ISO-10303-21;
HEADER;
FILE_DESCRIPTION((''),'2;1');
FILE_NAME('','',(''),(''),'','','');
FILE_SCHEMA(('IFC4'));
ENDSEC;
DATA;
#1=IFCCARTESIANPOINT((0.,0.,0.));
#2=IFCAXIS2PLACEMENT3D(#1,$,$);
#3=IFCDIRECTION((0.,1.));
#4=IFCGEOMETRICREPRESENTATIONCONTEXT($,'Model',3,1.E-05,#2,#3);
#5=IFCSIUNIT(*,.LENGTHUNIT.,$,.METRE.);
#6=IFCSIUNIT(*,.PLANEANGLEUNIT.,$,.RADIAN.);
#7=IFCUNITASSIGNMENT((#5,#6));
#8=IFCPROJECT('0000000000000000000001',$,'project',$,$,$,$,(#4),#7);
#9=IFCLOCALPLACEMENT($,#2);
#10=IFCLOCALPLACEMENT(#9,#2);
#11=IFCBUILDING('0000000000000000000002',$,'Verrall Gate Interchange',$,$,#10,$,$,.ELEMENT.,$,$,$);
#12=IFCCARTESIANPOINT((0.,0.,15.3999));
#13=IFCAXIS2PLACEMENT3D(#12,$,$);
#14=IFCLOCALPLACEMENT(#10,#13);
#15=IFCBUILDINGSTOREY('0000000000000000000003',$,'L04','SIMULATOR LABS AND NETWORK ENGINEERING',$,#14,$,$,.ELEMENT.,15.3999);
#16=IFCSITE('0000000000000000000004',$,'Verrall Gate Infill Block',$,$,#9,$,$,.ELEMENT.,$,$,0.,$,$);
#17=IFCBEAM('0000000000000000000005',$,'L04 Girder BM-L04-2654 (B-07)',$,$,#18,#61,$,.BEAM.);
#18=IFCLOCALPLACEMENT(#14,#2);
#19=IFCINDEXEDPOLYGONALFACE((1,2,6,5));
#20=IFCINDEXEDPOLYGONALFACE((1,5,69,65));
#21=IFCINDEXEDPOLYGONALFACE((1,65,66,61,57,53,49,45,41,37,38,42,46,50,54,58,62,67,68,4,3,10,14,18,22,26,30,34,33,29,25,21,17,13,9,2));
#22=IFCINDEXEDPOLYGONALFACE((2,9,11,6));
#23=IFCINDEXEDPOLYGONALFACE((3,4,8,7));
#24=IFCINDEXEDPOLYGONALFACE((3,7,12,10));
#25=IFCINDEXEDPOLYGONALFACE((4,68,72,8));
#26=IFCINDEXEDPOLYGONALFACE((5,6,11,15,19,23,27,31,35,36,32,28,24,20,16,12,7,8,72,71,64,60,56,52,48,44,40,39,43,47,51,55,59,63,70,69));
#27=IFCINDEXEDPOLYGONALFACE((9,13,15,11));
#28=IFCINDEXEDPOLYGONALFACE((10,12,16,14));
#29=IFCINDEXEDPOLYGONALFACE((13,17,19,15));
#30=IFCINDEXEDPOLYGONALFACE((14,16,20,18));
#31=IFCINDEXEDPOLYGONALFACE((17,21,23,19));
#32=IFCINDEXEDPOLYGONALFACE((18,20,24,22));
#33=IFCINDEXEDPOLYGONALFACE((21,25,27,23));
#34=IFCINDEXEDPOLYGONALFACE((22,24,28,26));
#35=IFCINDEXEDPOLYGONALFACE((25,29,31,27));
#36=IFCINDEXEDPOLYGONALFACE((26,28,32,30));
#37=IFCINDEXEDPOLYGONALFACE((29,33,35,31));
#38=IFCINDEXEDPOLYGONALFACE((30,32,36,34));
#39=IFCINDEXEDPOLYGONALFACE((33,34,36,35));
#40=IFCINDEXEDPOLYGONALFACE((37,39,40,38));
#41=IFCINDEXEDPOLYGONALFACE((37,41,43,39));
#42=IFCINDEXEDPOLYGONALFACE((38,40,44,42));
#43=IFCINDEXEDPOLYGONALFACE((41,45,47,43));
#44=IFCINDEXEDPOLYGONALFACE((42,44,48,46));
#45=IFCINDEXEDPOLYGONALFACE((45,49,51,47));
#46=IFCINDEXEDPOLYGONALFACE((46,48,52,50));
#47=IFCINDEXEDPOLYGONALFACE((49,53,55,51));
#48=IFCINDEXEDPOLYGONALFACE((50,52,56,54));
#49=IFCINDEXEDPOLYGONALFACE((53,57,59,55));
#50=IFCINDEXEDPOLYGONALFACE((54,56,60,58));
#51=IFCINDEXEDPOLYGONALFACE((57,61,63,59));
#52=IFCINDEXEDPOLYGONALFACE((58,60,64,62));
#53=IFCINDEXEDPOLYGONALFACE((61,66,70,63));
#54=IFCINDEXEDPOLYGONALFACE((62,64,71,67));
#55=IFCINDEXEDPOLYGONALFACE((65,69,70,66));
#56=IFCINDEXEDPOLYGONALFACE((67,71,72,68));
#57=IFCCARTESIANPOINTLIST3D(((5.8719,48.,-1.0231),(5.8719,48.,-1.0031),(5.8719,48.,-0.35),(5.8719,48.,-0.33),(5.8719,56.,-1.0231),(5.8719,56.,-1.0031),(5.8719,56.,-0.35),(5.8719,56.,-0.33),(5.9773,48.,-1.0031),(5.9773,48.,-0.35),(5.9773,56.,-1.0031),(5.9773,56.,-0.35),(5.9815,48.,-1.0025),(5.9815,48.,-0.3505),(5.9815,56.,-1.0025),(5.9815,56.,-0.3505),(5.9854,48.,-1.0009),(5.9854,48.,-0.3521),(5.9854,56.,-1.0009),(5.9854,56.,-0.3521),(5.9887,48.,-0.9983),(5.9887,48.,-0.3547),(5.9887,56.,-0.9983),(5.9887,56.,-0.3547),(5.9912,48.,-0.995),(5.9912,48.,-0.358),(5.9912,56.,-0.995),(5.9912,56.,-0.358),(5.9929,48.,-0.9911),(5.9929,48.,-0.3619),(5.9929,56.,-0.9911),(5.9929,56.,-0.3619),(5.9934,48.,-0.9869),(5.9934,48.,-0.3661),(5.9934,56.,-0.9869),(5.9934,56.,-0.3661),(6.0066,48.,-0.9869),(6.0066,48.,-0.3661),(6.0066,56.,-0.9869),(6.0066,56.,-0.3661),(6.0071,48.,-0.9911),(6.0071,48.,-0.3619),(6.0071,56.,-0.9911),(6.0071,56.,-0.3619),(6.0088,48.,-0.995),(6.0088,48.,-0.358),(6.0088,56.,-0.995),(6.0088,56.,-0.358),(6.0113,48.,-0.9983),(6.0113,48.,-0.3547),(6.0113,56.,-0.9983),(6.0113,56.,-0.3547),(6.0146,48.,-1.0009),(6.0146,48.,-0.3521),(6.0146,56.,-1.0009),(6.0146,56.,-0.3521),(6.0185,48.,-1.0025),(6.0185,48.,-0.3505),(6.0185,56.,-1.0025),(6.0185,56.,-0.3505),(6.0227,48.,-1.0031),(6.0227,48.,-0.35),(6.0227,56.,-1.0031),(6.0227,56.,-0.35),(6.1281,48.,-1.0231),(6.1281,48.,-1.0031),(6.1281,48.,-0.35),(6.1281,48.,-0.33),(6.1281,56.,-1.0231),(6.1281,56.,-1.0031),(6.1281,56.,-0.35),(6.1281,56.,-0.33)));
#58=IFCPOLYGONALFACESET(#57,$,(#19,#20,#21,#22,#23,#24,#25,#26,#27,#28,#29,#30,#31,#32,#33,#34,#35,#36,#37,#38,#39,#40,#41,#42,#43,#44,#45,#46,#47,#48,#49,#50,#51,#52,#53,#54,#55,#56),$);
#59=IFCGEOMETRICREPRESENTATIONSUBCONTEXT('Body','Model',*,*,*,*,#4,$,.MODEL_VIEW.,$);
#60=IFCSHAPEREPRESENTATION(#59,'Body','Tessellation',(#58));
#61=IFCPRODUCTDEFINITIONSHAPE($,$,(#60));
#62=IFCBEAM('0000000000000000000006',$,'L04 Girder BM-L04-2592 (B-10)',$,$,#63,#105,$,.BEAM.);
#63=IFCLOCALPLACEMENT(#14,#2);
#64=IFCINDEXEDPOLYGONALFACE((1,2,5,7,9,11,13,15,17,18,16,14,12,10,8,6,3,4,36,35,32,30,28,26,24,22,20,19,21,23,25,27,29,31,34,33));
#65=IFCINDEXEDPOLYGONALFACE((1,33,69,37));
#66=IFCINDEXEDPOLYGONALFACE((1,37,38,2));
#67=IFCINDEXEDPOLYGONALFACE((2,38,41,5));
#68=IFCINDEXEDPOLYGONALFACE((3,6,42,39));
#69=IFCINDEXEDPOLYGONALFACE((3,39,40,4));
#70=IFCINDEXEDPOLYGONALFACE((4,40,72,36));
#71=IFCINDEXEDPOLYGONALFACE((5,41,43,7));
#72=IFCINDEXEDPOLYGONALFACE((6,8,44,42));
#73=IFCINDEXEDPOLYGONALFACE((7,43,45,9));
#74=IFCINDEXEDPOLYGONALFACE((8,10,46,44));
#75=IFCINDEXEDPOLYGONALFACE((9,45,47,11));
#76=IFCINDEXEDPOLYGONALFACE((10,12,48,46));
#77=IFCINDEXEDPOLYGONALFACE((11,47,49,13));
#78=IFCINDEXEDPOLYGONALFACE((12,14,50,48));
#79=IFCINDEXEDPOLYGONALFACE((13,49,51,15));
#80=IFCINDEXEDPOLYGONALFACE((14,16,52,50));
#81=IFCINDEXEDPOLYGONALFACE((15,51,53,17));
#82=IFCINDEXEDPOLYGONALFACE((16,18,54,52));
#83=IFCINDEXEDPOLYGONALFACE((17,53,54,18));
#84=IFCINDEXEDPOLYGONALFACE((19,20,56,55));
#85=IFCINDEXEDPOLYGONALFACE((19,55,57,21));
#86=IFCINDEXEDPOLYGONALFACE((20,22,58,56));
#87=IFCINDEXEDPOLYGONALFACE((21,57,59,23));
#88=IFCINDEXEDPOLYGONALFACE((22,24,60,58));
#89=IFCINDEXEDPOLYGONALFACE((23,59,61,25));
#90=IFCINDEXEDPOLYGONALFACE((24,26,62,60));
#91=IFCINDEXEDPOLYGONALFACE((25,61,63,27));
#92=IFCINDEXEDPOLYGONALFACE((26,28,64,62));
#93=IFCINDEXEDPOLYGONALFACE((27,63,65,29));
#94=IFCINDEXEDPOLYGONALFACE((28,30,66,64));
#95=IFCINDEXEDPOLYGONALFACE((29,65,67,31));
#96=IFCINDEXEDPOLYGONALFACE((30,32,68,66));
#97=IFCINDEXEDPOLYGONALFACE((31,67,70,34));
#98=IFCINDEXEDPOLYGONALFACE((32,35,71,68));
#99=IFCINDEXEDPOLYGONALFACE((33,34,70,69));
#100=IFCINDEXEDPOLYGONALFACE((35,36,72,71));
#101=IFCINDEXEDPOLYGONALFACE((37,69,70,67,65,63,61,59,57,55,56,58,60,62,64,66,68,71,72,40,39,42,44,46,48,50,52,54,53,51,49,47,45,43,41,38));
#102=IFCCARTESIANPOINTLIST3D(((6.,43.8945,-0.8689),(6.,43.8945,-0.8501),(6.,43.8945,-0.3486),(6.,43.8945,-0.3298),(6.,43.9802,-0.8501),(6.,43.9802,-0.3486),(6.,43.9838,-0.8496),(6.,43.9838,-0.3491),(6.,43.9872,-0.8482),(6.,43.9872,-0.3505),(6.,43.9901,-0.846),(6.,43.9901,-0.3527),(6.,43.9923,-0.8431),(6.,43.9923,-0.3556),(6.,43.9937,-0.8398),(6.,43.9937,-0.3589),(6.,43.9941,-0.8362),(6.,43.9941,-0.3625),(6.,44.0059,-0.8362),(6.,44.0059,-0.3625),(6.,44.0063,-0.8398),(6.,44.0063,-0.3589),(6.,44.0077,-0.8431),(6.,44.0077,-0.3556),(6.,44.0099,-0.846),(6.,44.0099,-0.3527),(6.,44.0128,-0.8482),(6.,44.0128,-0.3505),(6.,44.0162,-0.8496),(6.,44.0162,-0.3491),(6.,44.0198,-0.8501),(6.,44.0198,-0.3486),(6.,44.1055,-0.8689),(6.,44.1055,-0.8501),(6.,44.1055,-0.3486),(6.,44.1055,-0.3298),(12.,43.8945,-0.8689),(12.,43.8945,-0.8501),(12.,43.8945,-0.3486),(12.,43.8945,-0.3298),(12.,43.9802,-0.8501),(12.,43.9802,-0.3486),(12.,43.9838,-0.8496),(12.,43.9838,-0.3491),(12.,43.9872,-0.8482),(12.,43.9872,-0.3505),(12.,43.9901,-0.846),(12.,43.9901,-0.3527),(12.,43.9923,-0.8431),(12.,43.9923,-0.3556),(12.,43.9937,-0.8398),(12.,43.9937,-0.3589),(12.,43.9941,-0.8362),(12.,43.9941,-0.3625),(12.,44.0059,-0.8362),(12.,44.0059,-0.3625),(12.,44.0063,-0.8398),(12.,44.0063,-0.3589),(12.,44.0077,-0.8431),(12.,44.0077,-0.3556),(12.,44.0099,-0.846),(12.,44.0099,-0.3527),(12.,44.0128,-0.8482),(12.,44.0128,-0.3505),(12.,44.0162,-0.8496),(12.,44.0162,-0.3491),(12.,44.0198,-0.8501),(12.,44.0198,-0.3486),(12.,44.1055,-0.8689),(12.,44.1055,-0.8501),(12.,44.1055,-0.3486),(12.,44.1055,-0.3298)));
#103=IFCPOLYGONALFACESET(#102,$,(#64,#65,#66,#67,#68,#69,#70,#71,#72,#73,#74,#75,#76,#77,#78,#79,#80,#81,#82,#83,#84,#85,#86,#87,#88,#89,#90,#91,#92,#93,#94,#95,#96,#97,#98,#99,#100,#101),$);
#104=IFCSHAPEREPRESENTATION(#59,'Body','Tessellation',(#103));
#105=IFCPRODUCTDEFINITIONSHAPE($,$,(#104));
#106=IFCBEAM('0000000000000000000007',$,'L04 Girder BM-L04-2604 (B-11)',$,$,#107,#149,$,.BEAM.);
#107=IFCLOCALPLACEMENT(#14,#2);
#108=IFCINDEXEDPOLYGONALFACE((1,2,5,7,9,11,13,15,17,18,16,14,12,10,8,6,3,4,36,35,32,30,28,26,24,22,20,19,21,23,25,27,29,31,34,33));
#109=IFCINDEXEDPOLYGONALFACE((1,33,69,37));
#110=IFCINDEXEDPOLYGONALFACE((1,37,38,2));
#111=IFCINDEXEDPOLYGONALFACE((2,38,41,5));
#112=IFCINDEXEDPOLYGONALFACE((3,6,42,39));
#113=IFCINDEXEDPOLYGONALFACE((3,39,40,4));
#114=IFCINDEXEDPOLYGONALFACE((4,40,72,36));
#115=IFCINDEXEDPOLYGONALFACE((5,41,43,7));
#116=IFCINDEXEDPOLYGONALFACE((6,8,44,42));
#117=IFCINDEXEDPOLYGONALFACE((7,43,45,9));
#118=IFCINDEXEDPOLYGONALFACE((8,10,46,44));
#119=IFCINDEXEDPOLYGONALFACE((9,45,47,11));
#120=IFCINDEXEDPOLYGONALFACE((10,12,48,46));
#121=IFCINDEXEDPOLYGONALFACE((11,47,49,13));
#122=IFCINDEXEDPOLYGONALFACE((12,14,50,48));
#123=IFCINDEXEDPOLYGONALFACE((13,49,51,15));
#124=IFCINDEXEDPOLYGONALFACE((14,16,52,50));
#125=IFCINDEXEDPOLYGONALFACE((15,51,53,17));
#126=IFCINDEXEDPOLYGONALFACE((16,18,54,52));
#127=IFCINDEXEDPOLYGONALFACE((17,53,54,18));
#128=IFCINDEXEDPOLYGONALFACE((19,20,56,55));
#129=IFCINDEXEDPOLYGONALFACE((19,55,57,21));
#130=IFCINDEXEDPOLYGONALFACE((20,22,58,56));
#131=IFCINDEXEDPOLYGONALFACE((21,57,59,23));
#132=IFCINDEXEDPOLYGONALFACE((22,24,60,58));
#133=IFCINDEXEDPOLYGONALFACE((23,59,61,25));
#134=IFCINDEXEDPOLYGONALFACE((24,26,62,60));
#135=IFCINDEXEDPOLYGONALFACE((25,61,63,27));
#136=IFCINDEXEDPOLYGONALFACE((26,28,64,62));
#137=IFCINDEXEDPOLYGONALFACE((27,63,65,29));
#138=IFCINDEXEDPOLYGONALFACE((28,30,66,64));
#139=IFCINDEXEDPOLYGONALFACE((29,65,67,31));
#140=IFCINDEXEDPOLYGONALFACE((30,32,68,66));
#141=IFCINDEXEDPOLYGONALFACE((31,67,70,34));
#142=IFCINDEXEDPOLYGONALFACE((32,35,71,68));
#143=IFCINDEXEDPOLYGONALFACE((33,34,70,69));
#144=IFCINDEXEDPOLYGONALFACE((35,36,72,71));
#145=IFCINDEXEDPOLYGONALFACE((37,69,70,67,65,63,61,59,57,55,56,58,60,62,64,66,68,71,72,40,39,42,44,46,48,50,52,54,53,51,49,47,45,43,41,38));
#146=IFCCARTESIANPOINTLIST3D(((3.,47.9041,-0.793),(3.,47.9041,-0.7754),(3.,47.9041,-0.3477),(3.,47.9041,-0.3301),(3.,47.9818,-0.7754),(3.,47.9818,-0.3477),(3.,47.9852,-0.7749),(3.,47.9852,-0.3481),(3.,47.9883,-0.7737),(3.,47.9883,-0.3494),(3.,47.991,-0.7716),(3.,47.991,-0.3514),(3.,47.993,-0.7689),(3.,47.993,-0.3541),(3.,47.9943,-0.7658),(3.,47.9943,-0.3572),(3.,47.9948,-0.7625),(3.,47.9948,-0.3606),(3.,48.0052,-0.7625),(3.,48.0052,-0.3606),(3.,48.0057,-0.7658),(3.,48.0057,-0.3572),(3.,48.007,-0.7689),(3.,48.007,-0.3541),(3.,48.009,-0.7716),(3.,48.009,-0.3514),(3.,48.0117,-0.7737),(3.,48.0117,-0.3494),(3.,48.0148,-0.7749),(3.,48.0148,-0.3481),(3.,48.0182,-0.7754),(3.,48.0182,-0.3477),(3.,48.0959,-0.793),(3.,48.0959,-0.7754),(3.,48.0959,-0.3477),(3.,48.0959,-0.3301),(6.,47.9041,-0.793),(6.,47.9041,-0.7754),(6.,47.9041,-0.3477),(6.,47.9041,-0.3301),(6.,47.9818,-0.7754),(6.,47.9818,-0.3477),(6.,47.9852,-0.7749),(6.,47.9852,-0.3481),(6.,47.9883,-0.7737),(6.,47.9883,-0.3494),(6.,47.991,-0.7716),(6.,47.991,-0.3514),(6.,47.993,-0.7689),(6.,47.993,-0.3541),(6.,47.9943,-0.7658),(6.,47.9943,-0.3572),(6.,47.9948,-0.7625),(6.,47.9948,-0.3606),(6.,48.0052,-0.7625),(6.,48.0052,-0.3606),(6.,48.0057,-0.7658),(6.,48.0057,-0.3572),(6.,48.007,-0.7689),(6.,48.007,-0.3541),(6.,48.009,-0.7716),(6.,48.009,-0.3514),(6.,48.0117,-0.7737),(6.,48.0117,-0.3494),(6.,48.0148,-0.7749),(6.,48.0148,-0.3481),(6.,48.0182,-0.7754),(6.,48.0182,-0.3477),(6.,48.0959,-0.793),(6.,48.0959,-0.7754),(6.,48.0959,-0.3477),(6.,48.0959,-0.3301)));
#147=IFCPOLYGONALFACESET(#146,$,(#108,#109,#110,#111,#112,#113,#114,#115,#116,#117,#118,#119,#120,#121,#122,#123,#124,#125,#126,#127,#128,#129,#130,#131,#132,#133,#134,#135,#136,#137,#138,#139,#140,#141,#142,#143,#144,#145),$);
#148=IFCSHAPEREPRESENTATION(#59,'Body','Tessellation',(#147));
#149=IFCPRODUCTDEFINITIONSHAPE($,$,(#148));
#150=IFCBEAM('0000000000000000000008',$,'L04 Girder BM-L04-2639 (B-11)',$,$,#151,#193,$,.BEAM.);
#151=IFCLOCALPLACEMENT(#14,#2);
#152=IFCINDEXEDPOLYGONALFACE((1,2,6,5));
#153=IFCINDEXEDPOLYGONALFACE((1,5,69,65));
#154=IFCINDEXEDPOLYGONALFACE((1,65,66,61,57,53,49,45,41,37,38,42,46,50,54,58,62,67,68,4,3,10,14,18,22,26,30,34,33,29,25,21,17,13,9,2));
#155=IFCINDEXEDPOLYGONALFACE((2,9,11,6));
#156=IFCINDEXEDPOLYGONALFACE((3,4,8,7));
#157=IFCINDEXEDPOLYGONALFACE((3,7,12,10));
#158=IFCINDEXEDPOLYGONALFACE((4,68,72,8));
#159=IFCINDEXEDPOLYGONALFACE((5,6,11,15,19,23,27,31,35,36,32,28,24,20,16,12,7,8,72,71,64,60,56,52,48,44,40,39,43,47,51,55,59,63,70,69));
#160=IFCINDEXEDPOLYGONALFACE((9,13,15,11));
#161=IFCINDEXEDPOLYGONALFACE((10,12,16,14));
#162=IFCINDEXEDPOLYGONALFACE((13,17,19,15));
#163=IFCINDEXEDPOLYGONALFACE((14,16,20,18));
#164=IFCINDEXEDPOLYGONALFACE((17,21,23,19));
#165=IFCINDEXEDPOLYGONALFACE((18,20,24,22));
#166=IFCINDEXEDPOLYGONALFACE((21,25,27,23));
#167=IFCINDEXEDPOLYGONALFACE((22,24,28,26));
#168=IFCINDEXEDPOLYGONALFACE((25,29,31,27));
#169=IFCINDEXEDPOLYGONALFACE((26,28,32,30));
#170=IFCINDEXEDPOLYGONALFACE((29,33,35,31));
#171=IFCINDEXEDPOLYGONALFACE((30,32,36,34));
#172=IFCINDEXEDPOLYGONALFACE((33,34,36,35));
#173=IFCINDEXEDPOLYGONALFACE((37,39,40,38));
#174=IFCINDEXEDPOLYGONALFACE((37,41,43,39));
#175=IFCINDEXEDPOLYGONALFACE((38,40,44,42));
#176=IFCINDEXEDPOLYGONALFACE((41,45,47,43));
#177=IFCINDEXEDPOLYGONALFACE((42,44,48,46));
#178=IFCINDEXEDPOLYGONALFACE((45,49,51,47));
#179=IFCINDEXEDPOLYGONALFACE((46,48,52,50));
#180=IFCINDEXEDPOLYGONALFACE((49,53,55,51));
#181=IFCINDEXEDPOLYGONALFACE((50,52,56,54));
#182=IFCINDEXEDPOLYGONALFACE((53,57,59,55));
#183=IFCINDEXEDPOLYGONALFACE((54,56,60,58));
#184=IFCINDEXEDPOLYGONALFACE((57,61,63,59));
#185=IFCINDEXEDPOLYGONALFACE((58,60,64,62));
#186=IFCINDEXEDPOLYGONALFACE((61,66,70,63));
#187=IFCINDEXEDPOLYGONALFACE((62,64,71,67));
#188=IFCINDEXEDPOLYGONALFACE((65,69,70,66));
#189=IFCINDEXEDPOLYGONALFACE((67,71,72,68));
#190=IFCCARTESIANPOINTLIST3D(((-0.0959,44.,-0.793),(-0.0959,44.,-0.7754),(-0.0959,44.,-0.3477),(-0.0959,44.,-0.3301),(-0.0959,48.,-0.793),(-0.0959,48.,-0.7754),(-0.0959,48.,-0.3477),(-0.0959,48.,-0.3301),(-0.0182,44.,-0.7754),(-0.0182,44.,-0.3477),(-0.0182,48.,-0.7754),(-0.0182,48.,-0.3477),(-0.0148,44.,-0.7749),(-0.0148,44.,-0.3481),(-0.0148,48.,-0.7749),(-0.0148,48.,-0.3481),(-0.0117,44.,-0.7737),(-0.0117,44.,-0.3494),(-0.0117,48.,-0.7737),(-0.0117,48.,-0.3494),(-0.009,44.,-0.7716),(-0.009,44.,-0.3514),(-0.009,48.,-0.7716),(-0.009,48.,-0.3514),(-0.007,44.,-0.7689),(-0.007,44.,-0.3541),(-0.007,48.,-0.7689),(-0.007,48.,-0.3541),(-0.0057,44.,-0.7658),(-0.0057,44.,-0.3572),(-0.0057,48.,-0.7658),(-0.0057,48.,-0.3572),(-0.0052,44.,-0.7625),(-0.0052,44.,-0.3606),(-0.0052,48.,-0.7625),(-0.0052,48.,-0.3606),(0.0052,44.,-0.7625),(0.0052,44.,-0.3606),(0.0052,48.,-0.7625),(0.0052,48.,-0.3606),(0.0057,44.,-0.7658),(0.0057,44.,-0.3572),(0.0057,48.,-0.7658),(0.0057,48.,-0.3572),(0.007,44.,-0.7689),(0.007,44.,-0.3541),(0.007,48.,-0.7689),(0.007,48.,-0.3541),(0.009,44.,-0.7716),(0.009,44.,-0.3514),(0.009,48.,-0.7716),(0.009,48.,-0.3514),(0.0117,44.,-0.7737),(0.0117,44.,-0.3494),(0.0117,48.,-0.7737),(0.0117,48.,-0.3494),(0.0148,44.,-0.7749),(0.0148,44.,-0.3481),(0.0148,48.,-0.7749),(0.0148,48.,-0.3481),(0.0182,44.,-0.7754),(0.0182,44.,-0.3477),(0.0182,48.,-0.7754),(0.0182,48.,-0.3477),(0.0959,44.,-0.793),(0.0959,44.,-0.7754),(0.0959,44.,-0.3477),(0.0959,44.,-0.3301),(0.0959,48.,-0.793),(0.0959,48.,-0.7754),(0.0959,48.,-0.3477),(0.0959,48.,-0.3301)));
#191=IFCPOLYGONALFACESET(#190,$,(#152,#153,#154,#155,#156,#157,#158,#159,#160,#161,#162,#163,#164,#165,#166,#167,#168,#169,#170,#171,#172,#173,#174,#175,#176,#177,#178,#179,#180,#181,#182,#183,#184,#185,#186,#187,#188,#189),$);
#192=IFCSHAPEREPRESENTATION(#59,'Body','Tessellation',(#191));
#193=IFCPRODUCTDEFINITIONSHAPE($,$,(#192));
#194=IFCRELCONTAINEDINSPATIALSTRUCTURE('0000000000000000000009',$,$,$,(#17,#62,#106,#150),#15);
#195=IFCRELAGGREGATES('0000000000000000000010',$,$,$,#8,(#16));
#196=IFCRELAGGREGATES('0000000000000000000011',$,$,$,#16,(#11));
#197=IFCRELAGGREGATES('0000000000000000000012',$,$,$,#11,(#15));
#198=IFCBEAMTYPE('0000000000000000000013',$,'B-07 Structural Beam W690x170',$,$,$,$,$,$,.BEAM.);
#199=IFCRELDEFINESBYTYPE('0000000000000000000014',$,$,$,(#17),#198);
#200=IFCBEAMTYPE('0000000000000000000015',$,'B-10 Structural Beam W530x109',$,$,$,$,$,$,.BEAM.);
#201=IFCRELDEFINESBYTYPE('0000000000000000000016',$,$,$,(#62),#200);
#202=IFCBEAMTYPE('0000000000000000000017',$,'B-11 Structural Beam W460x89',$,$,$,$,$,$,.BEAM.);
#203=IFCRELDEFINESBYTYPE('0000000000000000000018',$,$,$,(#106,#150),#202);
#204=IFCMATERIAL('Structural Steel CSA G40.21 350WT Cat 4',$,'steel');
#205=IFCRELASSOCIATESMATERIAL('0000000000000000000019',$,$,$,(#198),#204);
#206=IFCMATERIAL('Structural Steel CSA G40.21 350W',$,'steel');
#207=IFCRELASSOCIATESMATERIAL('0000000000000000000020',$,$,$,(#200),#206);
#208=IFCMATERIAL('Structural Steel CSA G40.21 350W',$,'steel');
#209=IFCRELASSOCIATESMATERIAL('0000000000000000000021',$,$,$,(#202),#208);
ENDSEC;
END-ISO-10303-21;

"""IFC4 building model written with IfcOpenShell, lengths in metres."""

from ifc_helpers import new_model, si_unit, direction, frame, origin, origin_2d, place, context, subcontext, project, spatial, i_section, extrude, material, material_profile, profile_set, type_object, element, save


model = new_model("IFC4")

# Units and contexts
model_context = context("Model", 3, precision=1e-05, world=origin(), true_north=direction((0.0, 1.0)))
body_context = subcontext(model_context, "Body", "Model", "MODEL_VIEW")
ifc_project = project(units=[si_unit("LENGTHUNIT", "METRE"), si_unit("PLANEANGLEUNIT", "RADIAN")], contexts=[model_context])

# Site, building, storey
site_placement = place(None, origin())
site = spatial("IfcSite", under=ifc_project, at=site_placement, Name="Verrall Gate Infill Block", CompositionType="ELEMENT", RefElevation=0.0)
building_placement = place(site_placement, origin())
building = spatial("IfcBuilding", under=site, at=building_placement, Name="Verrall Gate Interchange", CompositionType="ELEMENT")
storey_placement = place(building_placement, frame((0.0, 0.0, 15.3999)))
storey = spatial("IfcBuildingStorey", under=building, at=storey_placement, Name="L04", Description="SIMULATOR LABS AND NETWORK ENGINEERING", CompositionType="ELEMENT", Elevation=15.3999)

# Beams
ifc_material_1 = material(Name="Structural Steel CSA G40.21 350WT Cat 4", Category="steel")
ifc_material_profile_1 = material_profile(ifc_material_1, i_section(OverallWidth=0.2561, OverallDepth=0.6931, WebThickness=0.0132, FlangeThickness=0.02, FilletRadius=0.0161, at=origin_2d()), Name="W690x170")
ifc_profile_set_1 = profile_set([ifc_material_profile_1], Name="Structural Steel CSA G40.21 350WT Cat 4")
beam_type_1 = type_object("IfcBeamType", Name="B-07 Structural Beam W690x170", PredefinedType="BEAM", material=ifc_profile_set_1)
for number, where, z_axis, x_axis, name in (
    (1, (6.0, 48.0, -0.6765), (0.0, 1.0, 0.0), (-1.0, 0.0, 0.0), "L04 Girder BM-L04-2654 (B-07)"),
):
    element("IfcBeam", number, at=place(storey_placement, frame(where, z_axis=z_axis, x_axis=x_axis)), inside=storey, type_object=beam_type_1, Name=name, PredefinedType="BEAM", context=body_context, shape_type="SweptSolid", body=[
        extrude(i_section(OverallWidth=0.2561, OverallDepth=0.6931, WebThickness=0.0132, FlangeThickness=0.02, FilletRadius=0.0161, at=origin_2d()), origin(), (0.0, 0.0, 1.0), 8.0),
    ])
ifc_material_2 = material(Name="Structural Steel CSA G40.21 350W", Category="steel")
ifc_material_profile_2 = material_profile(ifc_material_2, i_section(OverallWidth=0.2109, OverallDepth=0.5391, WebThickness=0.0117, FlangeThickness=0.0188, FilletRadius=0.0139, at=origin_2d()), Name="W530x109")
ifc_profile_set_2 = profile_set([ifc_material_profile_2], Name="Structural Steel CSA G40.21 350W")
beam_type_2 = type_object("IfcBeamType", Name="B-10 Structural Beam W530x109", PredefinedType="BEAM", material=ifc_profile_set_2)
beam_1_placement = place(storey_placement, frame((6.0, 44.0, -0.5994), z_axis=(1.0, 0.0, 0.0), x_axis=(0.0, 1.0, 0.0)))
element("IfcBeam", 2, at=beam_1_placement, inside=storey, type_object=beam_type_2, Name="L04 Girder BM-L04-2592 (B-10)", PredefinedType="BEAM", context=body_context, shape_type="SweptSolid", body=[
    extrude(i_section(OverallWidth=0.2109, OverallDepth=0.5391, WebThickness=0.0117, FlangeThickness=0.0188, FilletRadius=0.0139, at=origin_2d()), origin(), (0.0, 0.0, 1.0), 6.0),
])
ifc_material_3 = material(Name="Structural Steel CSA G40.21 350W", Category="steel")
ifc_material_profile_3 = material_profile(ifc_material_3, i_section(OverallWidth=0.1919, OverallDepth=0.4629, WebThickness=0.0105, FlangeThickness=0.0176, FilletRadius=0.0129, at=origin_2d()), Name="W460x89")
ifc_profile_set_3 = profile_set([ifc_material_profile_3], Name="Structural Steel CSA G40.21 350W")
beam_type_3 = type_object("IfcBeamType", Name="B-11 Structural Beam W460x89", PredefinedType="BEAM", material=ifc_profile_set_3)
beam_2_placement = place(storey_placement, frame((3.0, 48.0, -0.5615), z_axis=(1.0, 0.0, 0.0), x_axis=(0.0, 1.0, 0.0)))
element("IfcBeam", 3, at=beam_2_placement, inside=storey, type_object=beam_type_3, Name="L04 Girder BM-L04-2604 (B-11)", PredefinedType="BEAM", context=body_context, shape_type="SweptSolid", body=[
    extrude(i_section(OverallWidth=0.1919, OverallDepth=0.4629, WebThickness=0.0105, FlangeThickness=0.0176, FilletRadius=0.0129, at=origin_2d()), origin(), (0.0, 0.0, 1.0), 3.0),
])
beam_3_placement = place(storey_placement, frame((0.0, 44.0, -0.5615), z_axis=(0.0, 1.0, 0.0), x_axis=(-1.0, 0.0, 0.0)))
element("IfcBeam", 4, at=beam_3_placement, inside=storey, type_object=beam_type_3, Name="L04 Girder BM-L04-2639 (B-11)", PredefinedType="BEAM", context=body_context, shape_type="SweptSolid", body=[
    extrude(i_section(OverallWidth=0.1919, OverallDepth=0.4629, WebThickness=0.0105, FlangeThickness=0.0176, FilletRadius=0.0129, at=origin_2d()), origin(), (0.0, 0.0, 1.0), 4.0),
])

save(model, "model.ifc")
